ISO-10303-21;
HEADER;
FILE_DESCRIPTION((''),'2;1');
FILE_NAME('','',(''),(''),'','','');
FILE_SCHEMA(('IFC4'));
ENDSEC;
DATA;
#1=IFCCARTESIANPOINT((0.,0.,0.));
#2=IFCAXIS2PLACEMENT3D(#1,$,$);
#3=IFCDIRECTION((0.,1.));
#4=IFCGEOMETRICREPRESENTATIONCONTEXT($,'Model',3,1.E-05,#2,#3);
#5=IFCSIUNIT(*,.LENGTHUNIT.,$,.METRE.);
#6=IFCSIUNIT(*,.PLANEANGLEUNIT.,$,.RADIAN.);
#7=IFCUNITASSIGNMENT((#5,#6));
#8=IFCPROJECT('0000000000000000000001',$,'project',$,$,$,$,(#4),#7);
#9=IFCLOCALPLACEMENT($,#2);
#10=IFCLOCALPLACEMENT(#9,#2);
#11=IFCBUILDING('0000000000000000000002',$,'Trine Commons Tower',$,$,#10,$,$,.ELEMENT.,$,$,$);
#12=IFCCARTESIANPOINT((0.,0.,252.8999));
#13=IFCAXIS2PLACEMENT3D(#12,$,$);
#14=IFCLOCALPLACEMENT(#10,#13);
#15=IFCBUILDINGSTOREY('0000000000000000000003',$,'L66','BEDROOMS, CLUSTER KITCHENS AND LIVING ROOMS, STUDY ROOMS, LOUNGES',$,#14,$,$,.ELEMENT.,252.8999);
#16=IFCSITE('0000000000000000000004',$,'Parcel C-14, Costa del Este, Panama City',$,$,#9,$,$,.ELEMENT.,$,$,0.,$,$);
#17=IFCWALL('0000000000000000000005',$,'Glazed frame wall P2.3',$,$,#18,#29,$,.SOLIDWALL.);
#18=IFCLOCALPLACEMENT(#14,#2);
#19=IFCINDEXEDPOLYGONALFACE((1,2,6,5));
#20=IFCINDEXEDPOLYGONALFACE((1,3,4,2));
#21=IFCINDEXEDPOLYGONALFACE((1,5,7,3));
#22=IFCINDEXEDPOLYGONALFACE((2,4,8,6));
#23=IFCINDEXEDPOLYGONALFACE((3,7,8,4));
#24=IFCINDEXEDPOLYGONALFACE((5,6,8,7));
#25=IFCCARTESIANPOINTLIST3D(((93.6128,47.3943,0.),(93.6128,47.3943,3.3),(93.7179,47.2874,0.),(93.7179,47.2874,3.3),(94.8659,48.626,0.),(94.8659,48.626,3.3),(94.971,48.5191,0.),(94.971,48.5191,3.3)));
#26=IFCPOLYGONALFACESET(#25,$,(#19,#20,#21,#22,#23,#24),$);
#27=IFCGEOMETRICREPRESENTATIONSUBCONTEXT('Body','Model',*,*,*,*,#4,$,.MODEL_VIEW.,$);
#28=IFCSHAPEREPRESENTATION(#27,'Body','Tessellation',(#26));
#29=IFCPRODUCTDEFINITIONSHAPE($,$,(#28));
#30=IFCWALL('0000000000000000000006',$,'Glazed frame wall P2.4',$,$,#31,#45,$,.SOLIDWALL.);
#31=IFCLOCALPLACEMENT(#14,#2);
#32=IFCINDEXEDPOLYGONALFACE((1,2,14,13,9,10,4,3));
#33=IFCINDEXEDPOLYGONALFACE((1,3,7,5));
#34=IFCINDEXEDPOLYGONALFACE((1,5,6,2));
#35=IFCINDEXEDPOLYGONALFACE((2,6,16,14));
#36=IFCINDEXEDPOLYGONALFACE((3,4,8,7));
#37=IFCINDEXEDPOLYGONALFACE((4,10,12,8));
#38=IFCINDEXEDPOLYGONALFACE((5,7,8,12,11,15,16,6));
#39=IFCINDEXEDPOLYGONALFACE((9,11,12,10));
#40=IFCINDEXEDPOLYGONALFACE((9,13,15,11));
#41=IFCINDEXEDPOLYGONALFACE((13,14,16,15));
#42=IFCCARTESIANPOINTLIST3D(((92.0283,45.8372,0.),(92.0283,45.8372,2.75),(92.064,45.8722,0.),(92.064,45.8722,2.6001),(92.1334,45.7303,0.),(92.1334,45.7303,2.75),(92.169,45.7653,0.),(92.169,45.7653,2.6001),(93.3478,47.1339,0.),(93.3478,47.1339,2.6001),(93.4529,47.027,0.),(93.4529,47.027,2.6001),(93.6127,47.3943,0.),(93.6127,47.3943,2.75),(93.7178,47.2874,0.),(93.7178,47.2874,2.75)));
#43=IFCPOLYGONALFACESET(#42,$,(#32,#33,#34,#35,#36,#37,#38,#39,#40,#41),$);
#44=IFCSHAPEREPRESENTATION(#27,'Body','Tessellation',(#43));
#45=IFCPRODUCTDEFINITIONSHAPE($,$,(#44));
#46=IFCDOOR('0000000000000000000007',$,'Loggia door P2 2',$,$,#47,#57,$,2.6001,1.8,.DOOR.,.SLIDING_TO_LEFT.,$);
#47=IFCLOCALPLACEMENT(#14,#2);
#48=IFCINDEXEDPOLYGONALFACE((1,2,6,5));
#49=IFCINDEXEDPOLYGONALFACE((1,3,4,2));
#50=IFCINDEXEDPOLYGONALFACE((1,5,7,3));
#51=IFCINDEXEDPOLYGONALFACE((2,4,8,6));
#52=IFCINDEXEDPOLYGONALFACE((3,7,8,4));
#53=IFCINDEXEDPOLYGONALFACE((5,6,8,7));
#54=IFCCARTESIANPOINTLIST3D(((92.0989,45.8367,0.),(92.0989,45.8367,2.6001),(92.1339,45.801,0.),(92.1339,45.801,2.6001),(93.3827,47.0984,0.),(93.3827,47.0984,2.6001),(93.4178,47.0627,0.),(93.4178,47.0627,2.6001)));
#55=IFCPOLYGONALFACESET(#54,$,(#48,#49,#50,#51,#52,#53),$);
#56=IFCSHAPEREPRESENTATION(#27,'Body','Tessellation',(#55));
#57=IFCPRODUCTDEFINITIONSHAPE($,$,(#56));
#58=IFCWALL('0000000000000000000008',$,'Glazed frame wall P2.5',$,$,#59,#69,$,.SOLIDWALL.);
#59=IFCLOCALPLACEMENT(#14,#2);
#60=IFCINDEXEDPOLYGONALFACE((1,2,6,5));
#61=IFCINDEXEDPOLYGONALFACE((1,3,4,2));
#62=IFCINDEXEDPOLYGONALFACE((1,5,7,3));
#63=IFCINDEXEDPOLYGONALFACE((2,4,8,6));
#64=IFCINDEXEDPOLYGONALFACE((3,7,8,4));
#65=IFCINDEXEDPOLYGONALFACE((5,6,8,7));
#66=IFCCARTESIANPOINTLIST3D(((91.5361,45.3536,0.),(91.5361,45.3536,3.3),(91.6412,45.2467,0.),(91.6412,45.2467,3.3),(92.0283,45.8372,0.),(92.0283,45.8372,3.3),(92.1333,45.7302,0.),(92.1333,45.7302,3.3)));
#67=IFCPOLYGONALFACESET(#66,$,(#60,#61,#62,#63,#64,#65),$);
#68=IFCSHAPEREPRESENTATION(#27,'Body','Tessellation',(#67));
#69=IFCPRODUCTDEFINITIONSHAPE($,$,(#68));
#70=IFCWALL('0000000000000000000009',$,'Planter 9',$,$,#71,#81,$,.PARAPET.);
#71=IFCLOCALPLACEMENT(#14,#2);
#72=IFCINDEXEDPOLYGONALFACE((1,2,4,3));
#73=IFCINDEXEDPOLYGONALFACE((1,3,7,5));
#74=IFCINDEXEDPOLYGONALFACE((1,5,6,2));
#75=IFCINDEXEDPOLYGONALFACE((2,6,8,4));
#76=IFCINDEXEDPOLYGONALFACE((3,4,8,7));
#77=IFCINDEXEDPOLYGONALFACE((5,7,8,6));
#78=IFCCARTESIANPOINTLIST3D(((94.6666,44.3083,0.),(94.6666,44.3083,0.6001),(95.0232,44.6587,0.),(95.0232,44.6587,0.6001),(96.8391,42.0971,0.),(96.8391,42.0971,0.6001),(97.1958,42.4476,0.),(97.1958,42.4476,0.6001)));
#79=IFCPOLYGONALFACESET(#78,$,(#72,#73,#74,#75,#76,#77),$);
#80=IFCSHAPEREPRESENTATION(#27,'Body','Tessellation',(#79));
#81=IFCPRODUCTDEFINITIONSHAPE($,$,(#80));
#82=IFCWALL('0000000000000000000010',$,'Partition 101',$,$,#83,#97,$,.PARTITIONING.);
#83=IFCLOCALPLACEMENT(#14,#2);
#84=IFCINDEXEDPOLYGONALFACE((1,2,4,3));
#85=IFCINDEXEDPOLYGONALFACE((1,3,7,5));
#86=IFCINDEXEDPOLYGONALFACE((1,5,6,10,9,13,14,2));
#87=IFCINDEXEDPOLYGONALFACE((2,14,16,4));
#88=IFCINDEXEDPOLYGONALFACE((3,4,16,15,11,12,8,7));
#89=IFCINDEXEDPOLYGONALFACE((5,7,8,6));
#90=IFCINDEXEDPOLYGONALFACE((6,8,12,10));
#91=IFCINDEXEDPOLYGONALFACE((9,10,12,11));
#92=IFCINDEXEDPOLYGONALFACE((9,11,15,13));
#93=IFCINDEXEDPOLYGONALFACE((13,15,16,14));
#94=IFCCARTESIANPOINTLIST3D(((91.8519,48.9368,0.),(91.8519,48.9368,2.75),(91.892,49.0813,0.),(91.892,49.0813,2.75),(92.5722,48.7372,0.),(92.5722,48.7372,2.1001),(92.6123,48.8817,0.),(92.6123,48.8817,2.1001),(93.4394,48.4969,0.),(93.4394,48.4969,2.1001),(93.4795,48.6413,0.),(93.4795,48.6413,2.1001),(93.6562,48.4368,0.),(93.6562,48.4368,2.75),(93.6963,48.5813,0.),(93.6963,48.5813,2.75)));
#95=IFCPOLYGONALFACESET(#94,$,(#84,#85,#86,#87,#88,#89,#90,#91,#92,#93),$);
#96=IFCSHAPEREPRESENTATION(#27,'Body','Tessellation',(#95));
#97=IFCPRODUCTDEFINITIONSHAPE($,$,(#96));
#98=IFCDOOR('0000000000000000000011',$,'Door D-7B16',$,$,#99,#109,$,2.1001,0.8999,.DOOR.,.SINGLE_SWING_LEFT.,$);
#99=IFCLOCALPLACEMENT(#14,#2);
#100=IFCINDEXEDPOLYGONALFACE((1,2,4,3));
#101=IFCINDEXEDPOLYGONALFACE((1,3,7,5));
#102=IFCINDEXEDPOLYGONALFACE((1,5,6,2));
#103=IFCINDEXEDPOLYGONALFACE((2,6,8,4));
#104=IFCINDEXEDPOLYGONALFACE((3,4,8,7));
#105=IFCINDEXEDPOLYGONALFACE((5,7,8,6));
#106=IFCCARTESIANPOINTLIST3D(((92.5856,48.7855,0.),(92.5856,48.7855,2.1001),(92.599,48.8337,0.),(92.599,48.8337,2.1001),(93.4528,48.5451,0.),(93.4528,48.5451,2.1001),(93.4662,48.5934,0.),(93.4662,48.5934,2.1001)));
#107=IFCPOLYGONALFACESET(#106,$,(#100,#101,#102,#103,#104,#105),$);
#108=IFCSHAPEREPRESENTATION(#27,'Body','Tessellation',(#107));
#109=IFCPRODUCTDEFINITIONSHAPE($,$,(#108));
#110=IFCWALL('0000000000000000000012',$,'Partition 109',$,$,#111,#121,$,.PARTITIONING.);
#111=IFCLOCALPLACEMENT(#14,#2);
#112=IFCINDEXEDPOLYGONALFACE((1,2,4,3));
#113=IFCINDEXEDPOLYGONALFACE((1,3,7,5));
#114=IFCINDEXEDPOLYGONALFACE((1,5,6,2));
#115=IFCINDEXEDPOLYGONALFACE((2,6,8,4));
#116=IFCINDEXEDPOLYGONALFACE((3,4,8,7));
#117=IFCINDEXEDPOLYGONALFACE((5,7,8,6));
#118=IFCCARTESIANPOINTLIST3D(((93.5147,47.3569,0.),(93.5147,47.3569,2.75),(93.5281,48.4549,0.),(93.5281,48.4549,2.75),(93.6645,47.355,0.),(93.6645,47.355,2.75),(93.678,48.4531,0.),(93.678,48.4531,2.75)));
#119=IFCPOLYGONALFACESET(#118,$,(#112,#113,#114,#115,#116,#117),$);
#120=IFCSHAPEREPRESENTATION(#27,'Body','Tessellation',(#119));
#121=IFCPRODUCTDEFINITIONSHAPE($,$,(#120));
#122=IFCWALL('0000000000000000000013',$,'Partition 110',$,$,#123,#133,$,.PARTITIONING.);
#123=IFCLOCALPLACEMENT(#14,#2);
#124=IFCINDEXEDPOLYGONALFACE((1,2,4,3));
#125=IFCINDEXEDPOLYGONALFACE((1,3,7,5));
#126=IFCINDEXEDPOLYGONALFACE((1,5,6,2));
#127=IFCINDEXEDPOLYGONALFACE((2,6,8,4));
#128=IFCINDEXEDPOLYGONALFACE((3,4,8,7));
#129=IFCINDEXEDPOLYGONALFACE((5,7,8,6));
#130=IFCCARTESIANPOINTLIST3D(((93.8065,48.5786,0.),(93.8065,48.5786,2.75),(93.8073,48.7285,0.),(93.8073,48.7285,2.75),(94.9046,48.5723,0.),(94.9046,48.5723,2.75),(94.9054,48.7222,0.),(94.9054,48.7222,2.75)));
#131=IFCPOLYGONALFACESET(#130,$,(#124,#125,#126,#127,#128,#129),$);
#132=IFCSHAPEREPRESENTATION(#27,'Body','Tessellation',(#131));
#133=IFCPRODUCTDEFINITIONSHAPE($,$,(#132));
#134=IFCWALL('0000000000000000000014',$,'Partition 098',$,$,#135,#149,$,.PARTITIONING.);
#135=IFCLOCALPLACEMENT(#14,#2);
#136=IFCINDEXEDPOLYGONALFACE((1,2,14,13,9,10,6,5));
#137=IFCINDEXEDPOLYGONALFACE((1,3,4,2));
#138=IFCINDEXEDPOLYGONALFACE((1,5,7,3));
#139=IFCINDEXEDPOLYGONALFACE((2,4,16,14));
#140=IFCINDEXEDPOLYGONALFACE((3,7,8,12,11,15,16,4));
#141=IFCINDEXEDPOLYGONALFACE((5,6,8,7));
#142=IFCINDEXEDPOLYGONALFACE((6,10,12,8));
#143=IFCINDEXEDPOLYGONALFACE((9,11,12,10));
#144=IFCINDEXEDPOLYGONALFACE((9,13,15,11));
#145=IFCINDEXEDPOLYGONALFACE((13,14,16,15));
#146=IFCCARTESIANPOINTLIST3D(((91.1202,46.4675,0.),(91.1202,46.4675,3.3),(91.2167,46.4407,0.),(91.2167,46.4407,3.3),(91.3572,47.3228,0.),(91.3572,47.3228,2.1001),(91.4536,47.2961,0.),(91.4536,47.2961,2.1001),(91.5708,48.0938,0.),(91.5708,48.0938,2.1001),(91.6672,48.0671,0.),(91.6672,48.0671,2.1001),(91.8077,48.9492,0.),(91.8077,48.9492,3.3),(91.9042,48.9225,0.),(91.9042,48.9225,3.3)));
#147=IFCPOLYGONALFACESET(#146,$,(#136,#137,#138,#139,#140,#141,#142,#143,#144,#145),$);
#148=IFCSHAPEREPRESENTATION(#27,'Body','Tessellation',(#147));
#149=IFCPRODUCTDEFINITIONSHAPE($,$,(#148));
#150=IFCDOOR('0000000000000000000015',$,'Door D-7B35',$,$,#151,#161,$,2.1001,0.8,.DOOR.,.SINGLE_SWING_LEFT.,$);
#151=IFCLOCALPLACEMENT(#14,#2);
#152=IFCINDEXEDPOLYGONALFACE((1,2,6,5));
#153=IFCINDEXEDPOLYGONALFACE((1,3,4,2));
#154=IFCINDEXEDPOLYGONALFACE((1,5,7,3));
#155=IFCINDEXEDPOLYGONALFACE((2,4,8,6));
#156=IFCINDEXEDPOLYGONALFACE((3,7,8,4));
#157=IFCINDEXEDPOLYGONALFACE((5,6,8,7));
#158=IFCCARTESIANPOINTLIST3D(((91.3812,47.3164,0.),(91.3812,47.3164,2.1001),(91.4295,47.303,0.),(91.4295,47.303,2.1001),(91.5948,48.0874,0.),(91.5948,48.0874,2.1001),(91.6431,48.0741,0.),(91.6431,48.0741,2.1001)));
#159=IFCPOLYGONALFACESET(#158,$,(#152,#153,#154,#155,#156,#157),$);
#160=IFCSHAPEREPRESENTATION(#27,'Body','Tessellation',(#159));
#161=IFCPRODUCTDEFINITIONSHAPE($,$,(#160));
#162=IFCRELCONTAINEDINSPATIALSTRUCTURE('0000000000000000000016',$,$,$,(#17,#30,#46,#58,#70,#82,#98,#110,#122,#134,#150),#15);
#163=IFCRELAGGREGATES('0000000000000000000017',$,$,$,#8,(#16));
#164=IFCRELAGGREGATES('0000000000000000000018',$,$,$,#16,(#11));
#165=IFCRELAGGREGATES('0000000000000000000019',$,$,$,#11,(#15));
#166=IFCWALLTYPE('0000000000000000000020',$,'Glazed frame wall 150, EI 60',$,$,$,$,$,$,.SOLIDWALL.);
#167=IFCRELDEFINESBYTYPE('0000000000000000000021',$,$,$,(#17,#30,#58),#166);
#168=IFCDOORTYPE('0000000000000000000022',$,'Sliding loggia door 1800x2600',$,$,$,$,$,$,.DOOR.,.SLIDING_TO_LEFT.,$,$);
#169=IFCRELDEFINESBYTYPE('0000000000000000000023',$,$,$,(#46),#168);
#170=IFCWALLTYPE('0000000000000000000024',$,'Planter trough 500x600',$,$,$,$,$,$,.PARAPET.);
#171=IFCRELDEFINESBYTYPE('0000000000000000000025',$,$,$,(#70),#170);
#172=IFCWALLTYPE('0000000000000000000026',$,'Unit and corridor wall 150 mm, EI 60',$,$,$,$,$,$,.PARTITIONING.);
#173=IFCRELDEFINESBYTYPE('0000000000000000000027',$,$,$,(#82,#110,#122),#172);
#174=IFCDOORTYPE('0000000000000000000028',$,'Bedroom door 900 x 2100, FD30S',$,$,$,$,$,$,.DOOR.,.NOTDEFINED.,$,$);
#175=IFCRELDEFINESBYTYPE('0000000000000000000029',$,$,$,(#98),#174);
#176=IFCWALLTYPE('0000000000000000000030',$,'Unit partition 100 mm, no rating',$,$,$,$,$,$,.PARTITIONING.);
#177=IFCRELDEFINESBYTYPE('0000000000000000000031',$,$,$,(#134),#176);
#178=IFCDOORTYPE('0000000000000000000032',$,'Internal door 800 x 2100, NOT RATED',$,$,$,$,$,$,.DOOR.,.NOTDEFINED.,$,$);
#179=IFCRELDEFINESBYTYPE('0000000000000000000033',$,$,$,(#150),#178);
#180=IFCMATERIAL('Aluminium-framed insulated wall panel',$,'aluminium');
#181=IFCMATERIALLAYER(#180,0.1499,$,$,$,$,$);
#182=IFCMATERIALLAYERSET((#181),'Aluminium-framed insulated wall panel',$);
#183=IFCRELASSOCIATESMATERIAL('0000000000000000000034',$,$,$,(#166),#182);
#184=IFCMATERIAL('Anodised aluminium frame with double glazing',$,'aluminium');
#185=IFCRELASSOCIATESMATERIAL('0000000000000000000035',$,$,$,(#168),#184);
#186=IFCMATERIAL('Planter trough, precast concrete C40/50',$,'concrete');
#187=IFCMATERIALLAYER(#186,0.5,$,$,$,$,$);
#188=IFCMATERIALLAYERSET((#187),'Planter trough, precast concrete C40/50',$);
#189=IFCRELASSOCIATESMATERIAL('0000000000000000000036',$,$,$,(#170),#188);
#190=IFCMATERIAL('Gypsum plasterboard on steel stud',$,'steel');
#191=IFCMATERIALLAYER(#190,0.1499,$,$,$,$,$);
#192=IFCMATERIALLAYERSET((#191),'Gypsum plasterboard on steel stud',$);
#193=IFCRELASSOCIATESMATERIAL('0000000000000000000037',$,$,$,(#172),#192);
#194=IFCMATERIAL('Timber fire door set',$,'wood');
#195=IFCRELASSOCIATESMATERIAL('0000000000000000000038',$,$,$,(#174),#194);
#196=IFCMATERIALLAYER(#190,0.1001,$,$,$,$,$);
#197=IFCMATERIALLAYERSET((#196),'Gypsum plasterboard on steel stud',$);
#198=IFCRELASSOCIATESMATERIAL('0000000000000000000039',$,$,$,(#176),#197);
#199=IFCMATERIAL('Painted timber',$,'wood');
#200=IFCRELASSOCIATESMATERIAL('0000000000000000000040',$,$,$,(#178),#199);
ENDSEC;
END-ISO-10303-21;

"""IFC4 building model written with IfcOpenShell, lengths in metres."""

from ifc_helpers import new_model, si_unit, direction, frame, frame_2d, origin, place, context, subcontext, project, spatial, polyline, rectangle, outline, extrude, material, layer, layer_set, type_object, element, fill, save


model = new_model("IFC4")

# Units and contexts
model_context = context("Model", 3, precision=1e-05, world=origin(), true_north=direction((0.0, 1.0)))
body_context = subcontext(model_context, "Body", "Model", "MODEL_VIEW")
ifc_project = project(units=[si_unit("LENGTHUNIT", "METRE"), si_unit("PLANEANGLEUNIT", "RADIAN")], contexts=[model_context])

# Site, building, storey
site_placement = place(None, origin())
site = spatial("IfcSite", under=ifc_project, at=site_placement, Name="Parcel C-14, Costa del Este, Panama City", CompositionType="ELEMENT", RefElevation=0.0)
building_placement = place(site_placement, origin())
building = spatial("IfcBuilding", under=site, at=building_placement, Name="Trine Commons Tower", CompositionType="ELEMENT")
storey_placement = place(building_placement, frame((0.0, 0.0, 252.8999)))
storey = spatial("IfcBuildingStorey", under=building, at=storey_placement, Name="L66", Description="BEDROOMS, CLUSTER KITCHENS AND LIVING ROOMS, STUDY ROOMS, LOUNGES", CompositionType="ELEMENT", Elevation=252.8999)

# Wall
ifc_material_1 = material(Name="Aluminium-framed insulated wall panel", Category="aluminium")
ifc_layer_1 = layer(ifc_material_1, 0.1499)
ifc_layer_set_1 = layer_set([ifc_layer_1], Name="Aluminium-framed insulated wall panel")
wall_type_1 = type_object("IfcWallType", Name="Glazed frame wall 150, EI 60", PredefinedType="SOLIDWALL", material=ifc_layer_set_1)
wall_1_placement = place(storey_placement, frame((94.9185, 48.5725, 0.0), z_axis=(0.0, 0.0, 1.0), x_axis=(-0.713194, -0.700967, 0.0)))
element("IfcWall", 1, at=wall_1_placement, inside=storey, type_object=wall_type_1, Name="Glazed frame wall P2.3", PredefinedType="SOLIDWALL", context=body_context, shape_type="SweptSolid", body=[
    extrude(outline(polyline([(0.0, -0.075), (1.7571, -0.075), (1.7571, 0.075), (0.0, 0.075), (0.0, -0.075)])), origin(), (0.0, 0.0, 1.0), 3.3),
])

# Wall, opening, door
wall_2_placement = place(storey_placement, frame((93.6653, 47.3408, 0.0), z_axis=(0.0, 0.0, 1.0), x_axis=(-0.713234, -0.700926, 0.0)))
wall_2 = element("IfcWall", 2, at=wall_2_placement, inside=storey, type_object=wall_type_1, Name="Glazed frame wall P2.4", PredefinedType="SOLIDWALL", context=body_context, shape_type="SweptSolid", body=[
    extrude(outline(polyline([(0.0, -0.075), (2.2214, -0.075), (2.2214, 0.075), (0.0, 0.075), (0.0, -0.075)])), origin(), (0.0, 0.0, 1.0), 2.75),
])
opening_1_placement = place(wall_2_placement, frame((0.3716, 0.0, 0.0)))
opening_1 = element("IfcOpeningElement", 3, at=opening_1_placement, cuts=wall_2, PredefinedType="OPENING", context=body_context, shape_type="SweptSolid", body=[
    extrude(rectangle(XDim=1.8, YDim=2.6001, at=frame_2d((0.8999, 1.3))), frame((0.0, 0.085, 0.0), z_axis=(0.0, -1.0, 0.0), x_axis=(1.0, 0.0, 0.0)), (0.0, 0.0, 1.0), 0.1699),
])
ifc_material_2 = material(Name="Anodised aluminium frame with double glazing", Category="aluminium")
door_type_1 = type_object("IfcDoorType", Name="Sliding loggia door 1800x2600", OperationType="SLIDING_TO_LEFT", PredefinedType="DOOR", material=ifc_material_2)
door_1_placement = place(opening_1_placement, origin())
door_1 = element("IfcDoor", 4, at=door_1_placement, inside=storey, type_object=door_type_1, Name="Loggia door P2 2", OperationType="SLIDING_TO_LEFT", OverallHeight=2.6001, OverallWidth=1.8, PredefinedType="DOOR", context=body_context, shape_type="SweptSolid", body=[
    extrude(rectangle(XDim=1.8, YDim=2.6001, at=frame_2d((0.8999, 1.3))), frame((0.0, 0.0249, 0.0), z_axis=(0.0, -1.0, 0.0), x_axis=(1.0, 0.0, 0.0)), (0.0, 0.0, 1.0), 0.05),
])
fill(opening_1, door_1)

# Wall
wall_3_placement = place(storey_placement, frame((92.0808, 45.7837, 0.0), z_axis=(0.0, 0.0, 1.0), x_axis=(-0.713334, -0.700824, 0.0)))
element("IfcWall", 5, at=wall_3_placement, inside=storey, type_object=wall_type_1, Name="Glazed frame wall P2.5", PredefinedType="SOLIDWALL", context=body_context, shape_type="SweptSolid", body=[
    extrude(outline(polyline([(0.6899, 0.075), (0.0, 0.075), (0.0, -0.075), (0.6899, -0.075), (0.6899, 0.075)])), origin(), (0.0, 0.0, 1.0), 3.3),
])

# Wall
ifc_material_3 = material(Name="Planter trough, precast concrete C40/50", Category="concrete")
ifc_layer_2 = layer(ifc_material_3, 0.5)
ifc_layer_set_2 = layer_set([ifc_layer_2], Name="Planter trough, precast concrete C40/50")
wall_type_2 = type_object("IfcWallType", Name="Planter trough 500x600", PredefinedType="PARAPET", material=ifc_layer_set_2)
wall_4_placement = place(storey_placement, frame((94.845, 44.4834, 0.0), z_axis=(0.0, 0.0, 1.0), x_axis=(0.700858, -0.713301, 0.0)))
element("IfcWall", 6, at=wall_4_placement, inside=storey, type_object=wall_type_2, Name="Planter 9", PredefinedType="PARAPET", context=body_context, shape_type="SweptSolid", body=[
    extrude(rectangle(XDim=3.0999, YDim=0.5, at=frame_2d((1.5498, 0.0))), origin(), (0.0, 0.0, 1.0), 0.6001),
])

# Wall, opening, door
ifc_material_4 = material(Name="Gypsum plasterboard on steel stud", Category="steel")
ifc_layer_3 = layer(ifc_material_4, 0.1499)
ifc_layer_set_3 = layer_set([ifc_layer_3], Name="Gypsum plasterboard on steel stud")
wall_type_3 = type_object("IfcWallType", Name="Unit and corridor wall 150 mm, EI 60", PredefinedType="PARTITIONING", material=ifc_layer_set_3)
wall_5_placement = place(storey_placement, frame((91.8721, 49.009, 0.0), z_axis=(0.0, 0.0, 1.0), x_axis=(0.963678, -0.267065, 0.0)))
wall_5 = element("IfcWall", 7, at=wall_5_placement, inside=storey, type_object=wall_type_3, Name="Partition 101", PredefinedType="PARTITIONING", context=body_context, shape_type="SweptSolid", body=[
    extrude(rectangle(XDim=1.8723, YDim=0.1499, at=frame_2d((0.936, 0.0))), origin(), (0.0, 0.0, 1.0), 2.75),
])
opening_2_placement = place(wall_5_placement, frame((0.7473, 0.0, 0.0)))
opening_2 = element("IfcOpeningElement", 8, at=opening_2_placement, cuts=wall_5, PredefinedType="OPENING", context=body_context, shape_type="SweptSolid", body=[
    extrude(rectangle(XDim=0.8999, YDim=2.1001, at=frame_2d((0.45, 1.05))), frame((0.0, 0.085, 0.0), z_axis=(0.0, -1.0, 0.0), x_axis=(1.0, 0.0, 0.0)), (0.0, 0.0, 1.0), 0.1699),
])
ifc_material_5 = material(Name="Timber fire door set", Category="wood")
door_type_2 = type_object("IfcDoorType", Name="Bedroom door 900 x 2100, FD30S", OperationType="NOTDEFINED", PredefinedType="DOOR", material=ifc_material_5)
door_2_placement = place(opening_2_placement, frame((0.8999, 0.0, 0.0), z_axis=(0.0, 0.0, 1.0), x_axis=(-1.0, 0.0, 0.0)))
door_2 = element("IfcDoor", 9, at=door_2_placement, inside=storey, type_object=door_type_2, Name="Door D-7B16", OperationType="SINGLE_SWING_LEFT", OverallHeight=2.1001, OverallWidth=0.8999, PredefinedType="DOOR", context=body_context, shape_type="SweptSolid", body=[
    extrude(rectangle(XDim=0.8999, YDim=2.1001, at=frame_2d((0.45, 1.05))), frame((0.0, 0.0249, 0.0), z_axis=(0.0, -1.0, 0.0), x_axis=(1.0, 0.0, 0.0)), (0.0, 0.0, 1.0), 0.05),
])
fill(opening_2, door_2)

# Walls
for number, where, z_axis, x_axis, name in (
    (10, (93.5896, 47.356, 0.0), (0.0, 0.0, 1.0), (0.012227, 0.999925, 0.0), "Partition 109"),
    (11, (93.8069, 48.6536, 0.0), (0.0, 0.0, 1.0), (0.999983, -0.00578, 0.0), "Partition 110"),
):
    element("IfcWall", number, at=place(storey_placement, frame(where, z_axis=z_axis, x_axis=x_axis)), inside=storey, type_object=wall_type_3, Name=name, PredefinedType="PARTITIONING", context=body_context, shape_type="SweptSolid", body=[
        extrude(rectangle(XDim=1.0981, YDim=0.1499, at=frame_2d((0.5491, 0.0))), origin(), (0.0, 0.0, 1.0), 2.75),
    ])

# Wall, opening, door
ifc_layer_4 = layer(ifc_material_4, 0.1001)
ifc_layer_set_4 = layer_set([ifc_layer_4], Name="Gypsum plasterboard on steel stud")
wall_type_4 = type_object("IfcWallType", Name="Unit partition 100 mm, no rating", PredefinedType="PARTITIONING", material=ifc_layer_set_4)
wall_6_placement = place(storey_placement, frame((91.1685, 46.4541, 0.0), z_axis=(0.0, 0.0, 1.0), x_axis=(0.266974, 0.963704, 0.0)))
wall_6 = element("IfcWall", 12, at=wall_6_placement, inside=storey, type_object=wall_type_4, Name="Partition 098", PredefinedType="PARTITIONING", context=body_context, shape_type="SweptSolid", body=[
    extrude(rectangle(XDim=2.5752, YDim=0.1001, at=frame_2d((1.2876, 0.0))), origin(), (0.0, 0.0, 1.0), 3.3),
])
opening_3_placement = place(wall_6_placement, frame((0.8877, 0.0, 0.0)))
opening_3 = element("IfcOpeningElement", 13, at=opening_3_placement, cuts=wall_6, PredefinedType="OPENING", context=body_context, shape_type="SweptSolid", body=[
    extrude(rectangle(XDim=0.8, YDim=2.1001, at=frame_2d((0.3999, 1.05))), frame((0.0, 0.0601, 0.0), z_axis=(0.0, -1.0, 0.0), x_axis=(1.0, 0.0, 0.0)), (0.0, 0.0, 1.0), 0.1201),
])
ifc_material_6 = material(Name="Painted timber", Category="wood")
door_type_3 = type_object("IfcDoorType", Name="Internal door 800 x 2100, NOT RATED", OperationType="NOTDEFINED", PredefinedType="DOOR", material=ifc_material_6)
door_3_placement = place(opening_3_placement, frame((0.8, 0.0, 0.0), z_axis=(0.0, 0.0, 1.0), x_axis=(-1.0, 0.0, 0.0)))
door_3 = element("IfcDoor", 14, at=door_3_placement, inside=storey, type_object=door_type_3, Name="Door D-7B35", OperationType="SINGLE_SWING_LEFT", OverallHeight=2.1001, OverallWidth=0.8, PredefinedType="DOOR", context=body_context, shape_type="SweptSolid", body=[
    extrude(rectangle(XDim=0.8, YDim=2.1001, at=frame_2d((0.3999, 1.05))), frame((0.0, 0.0249, 0.0), z_axis=(0.0, -1.0, 0.0), x_axis=(1.0, 0.0, 0.0)), (0.0, 0.0, 1.0), 0.05),
])
fill(opening_3, door_3)

save(model, "model.ifc")
